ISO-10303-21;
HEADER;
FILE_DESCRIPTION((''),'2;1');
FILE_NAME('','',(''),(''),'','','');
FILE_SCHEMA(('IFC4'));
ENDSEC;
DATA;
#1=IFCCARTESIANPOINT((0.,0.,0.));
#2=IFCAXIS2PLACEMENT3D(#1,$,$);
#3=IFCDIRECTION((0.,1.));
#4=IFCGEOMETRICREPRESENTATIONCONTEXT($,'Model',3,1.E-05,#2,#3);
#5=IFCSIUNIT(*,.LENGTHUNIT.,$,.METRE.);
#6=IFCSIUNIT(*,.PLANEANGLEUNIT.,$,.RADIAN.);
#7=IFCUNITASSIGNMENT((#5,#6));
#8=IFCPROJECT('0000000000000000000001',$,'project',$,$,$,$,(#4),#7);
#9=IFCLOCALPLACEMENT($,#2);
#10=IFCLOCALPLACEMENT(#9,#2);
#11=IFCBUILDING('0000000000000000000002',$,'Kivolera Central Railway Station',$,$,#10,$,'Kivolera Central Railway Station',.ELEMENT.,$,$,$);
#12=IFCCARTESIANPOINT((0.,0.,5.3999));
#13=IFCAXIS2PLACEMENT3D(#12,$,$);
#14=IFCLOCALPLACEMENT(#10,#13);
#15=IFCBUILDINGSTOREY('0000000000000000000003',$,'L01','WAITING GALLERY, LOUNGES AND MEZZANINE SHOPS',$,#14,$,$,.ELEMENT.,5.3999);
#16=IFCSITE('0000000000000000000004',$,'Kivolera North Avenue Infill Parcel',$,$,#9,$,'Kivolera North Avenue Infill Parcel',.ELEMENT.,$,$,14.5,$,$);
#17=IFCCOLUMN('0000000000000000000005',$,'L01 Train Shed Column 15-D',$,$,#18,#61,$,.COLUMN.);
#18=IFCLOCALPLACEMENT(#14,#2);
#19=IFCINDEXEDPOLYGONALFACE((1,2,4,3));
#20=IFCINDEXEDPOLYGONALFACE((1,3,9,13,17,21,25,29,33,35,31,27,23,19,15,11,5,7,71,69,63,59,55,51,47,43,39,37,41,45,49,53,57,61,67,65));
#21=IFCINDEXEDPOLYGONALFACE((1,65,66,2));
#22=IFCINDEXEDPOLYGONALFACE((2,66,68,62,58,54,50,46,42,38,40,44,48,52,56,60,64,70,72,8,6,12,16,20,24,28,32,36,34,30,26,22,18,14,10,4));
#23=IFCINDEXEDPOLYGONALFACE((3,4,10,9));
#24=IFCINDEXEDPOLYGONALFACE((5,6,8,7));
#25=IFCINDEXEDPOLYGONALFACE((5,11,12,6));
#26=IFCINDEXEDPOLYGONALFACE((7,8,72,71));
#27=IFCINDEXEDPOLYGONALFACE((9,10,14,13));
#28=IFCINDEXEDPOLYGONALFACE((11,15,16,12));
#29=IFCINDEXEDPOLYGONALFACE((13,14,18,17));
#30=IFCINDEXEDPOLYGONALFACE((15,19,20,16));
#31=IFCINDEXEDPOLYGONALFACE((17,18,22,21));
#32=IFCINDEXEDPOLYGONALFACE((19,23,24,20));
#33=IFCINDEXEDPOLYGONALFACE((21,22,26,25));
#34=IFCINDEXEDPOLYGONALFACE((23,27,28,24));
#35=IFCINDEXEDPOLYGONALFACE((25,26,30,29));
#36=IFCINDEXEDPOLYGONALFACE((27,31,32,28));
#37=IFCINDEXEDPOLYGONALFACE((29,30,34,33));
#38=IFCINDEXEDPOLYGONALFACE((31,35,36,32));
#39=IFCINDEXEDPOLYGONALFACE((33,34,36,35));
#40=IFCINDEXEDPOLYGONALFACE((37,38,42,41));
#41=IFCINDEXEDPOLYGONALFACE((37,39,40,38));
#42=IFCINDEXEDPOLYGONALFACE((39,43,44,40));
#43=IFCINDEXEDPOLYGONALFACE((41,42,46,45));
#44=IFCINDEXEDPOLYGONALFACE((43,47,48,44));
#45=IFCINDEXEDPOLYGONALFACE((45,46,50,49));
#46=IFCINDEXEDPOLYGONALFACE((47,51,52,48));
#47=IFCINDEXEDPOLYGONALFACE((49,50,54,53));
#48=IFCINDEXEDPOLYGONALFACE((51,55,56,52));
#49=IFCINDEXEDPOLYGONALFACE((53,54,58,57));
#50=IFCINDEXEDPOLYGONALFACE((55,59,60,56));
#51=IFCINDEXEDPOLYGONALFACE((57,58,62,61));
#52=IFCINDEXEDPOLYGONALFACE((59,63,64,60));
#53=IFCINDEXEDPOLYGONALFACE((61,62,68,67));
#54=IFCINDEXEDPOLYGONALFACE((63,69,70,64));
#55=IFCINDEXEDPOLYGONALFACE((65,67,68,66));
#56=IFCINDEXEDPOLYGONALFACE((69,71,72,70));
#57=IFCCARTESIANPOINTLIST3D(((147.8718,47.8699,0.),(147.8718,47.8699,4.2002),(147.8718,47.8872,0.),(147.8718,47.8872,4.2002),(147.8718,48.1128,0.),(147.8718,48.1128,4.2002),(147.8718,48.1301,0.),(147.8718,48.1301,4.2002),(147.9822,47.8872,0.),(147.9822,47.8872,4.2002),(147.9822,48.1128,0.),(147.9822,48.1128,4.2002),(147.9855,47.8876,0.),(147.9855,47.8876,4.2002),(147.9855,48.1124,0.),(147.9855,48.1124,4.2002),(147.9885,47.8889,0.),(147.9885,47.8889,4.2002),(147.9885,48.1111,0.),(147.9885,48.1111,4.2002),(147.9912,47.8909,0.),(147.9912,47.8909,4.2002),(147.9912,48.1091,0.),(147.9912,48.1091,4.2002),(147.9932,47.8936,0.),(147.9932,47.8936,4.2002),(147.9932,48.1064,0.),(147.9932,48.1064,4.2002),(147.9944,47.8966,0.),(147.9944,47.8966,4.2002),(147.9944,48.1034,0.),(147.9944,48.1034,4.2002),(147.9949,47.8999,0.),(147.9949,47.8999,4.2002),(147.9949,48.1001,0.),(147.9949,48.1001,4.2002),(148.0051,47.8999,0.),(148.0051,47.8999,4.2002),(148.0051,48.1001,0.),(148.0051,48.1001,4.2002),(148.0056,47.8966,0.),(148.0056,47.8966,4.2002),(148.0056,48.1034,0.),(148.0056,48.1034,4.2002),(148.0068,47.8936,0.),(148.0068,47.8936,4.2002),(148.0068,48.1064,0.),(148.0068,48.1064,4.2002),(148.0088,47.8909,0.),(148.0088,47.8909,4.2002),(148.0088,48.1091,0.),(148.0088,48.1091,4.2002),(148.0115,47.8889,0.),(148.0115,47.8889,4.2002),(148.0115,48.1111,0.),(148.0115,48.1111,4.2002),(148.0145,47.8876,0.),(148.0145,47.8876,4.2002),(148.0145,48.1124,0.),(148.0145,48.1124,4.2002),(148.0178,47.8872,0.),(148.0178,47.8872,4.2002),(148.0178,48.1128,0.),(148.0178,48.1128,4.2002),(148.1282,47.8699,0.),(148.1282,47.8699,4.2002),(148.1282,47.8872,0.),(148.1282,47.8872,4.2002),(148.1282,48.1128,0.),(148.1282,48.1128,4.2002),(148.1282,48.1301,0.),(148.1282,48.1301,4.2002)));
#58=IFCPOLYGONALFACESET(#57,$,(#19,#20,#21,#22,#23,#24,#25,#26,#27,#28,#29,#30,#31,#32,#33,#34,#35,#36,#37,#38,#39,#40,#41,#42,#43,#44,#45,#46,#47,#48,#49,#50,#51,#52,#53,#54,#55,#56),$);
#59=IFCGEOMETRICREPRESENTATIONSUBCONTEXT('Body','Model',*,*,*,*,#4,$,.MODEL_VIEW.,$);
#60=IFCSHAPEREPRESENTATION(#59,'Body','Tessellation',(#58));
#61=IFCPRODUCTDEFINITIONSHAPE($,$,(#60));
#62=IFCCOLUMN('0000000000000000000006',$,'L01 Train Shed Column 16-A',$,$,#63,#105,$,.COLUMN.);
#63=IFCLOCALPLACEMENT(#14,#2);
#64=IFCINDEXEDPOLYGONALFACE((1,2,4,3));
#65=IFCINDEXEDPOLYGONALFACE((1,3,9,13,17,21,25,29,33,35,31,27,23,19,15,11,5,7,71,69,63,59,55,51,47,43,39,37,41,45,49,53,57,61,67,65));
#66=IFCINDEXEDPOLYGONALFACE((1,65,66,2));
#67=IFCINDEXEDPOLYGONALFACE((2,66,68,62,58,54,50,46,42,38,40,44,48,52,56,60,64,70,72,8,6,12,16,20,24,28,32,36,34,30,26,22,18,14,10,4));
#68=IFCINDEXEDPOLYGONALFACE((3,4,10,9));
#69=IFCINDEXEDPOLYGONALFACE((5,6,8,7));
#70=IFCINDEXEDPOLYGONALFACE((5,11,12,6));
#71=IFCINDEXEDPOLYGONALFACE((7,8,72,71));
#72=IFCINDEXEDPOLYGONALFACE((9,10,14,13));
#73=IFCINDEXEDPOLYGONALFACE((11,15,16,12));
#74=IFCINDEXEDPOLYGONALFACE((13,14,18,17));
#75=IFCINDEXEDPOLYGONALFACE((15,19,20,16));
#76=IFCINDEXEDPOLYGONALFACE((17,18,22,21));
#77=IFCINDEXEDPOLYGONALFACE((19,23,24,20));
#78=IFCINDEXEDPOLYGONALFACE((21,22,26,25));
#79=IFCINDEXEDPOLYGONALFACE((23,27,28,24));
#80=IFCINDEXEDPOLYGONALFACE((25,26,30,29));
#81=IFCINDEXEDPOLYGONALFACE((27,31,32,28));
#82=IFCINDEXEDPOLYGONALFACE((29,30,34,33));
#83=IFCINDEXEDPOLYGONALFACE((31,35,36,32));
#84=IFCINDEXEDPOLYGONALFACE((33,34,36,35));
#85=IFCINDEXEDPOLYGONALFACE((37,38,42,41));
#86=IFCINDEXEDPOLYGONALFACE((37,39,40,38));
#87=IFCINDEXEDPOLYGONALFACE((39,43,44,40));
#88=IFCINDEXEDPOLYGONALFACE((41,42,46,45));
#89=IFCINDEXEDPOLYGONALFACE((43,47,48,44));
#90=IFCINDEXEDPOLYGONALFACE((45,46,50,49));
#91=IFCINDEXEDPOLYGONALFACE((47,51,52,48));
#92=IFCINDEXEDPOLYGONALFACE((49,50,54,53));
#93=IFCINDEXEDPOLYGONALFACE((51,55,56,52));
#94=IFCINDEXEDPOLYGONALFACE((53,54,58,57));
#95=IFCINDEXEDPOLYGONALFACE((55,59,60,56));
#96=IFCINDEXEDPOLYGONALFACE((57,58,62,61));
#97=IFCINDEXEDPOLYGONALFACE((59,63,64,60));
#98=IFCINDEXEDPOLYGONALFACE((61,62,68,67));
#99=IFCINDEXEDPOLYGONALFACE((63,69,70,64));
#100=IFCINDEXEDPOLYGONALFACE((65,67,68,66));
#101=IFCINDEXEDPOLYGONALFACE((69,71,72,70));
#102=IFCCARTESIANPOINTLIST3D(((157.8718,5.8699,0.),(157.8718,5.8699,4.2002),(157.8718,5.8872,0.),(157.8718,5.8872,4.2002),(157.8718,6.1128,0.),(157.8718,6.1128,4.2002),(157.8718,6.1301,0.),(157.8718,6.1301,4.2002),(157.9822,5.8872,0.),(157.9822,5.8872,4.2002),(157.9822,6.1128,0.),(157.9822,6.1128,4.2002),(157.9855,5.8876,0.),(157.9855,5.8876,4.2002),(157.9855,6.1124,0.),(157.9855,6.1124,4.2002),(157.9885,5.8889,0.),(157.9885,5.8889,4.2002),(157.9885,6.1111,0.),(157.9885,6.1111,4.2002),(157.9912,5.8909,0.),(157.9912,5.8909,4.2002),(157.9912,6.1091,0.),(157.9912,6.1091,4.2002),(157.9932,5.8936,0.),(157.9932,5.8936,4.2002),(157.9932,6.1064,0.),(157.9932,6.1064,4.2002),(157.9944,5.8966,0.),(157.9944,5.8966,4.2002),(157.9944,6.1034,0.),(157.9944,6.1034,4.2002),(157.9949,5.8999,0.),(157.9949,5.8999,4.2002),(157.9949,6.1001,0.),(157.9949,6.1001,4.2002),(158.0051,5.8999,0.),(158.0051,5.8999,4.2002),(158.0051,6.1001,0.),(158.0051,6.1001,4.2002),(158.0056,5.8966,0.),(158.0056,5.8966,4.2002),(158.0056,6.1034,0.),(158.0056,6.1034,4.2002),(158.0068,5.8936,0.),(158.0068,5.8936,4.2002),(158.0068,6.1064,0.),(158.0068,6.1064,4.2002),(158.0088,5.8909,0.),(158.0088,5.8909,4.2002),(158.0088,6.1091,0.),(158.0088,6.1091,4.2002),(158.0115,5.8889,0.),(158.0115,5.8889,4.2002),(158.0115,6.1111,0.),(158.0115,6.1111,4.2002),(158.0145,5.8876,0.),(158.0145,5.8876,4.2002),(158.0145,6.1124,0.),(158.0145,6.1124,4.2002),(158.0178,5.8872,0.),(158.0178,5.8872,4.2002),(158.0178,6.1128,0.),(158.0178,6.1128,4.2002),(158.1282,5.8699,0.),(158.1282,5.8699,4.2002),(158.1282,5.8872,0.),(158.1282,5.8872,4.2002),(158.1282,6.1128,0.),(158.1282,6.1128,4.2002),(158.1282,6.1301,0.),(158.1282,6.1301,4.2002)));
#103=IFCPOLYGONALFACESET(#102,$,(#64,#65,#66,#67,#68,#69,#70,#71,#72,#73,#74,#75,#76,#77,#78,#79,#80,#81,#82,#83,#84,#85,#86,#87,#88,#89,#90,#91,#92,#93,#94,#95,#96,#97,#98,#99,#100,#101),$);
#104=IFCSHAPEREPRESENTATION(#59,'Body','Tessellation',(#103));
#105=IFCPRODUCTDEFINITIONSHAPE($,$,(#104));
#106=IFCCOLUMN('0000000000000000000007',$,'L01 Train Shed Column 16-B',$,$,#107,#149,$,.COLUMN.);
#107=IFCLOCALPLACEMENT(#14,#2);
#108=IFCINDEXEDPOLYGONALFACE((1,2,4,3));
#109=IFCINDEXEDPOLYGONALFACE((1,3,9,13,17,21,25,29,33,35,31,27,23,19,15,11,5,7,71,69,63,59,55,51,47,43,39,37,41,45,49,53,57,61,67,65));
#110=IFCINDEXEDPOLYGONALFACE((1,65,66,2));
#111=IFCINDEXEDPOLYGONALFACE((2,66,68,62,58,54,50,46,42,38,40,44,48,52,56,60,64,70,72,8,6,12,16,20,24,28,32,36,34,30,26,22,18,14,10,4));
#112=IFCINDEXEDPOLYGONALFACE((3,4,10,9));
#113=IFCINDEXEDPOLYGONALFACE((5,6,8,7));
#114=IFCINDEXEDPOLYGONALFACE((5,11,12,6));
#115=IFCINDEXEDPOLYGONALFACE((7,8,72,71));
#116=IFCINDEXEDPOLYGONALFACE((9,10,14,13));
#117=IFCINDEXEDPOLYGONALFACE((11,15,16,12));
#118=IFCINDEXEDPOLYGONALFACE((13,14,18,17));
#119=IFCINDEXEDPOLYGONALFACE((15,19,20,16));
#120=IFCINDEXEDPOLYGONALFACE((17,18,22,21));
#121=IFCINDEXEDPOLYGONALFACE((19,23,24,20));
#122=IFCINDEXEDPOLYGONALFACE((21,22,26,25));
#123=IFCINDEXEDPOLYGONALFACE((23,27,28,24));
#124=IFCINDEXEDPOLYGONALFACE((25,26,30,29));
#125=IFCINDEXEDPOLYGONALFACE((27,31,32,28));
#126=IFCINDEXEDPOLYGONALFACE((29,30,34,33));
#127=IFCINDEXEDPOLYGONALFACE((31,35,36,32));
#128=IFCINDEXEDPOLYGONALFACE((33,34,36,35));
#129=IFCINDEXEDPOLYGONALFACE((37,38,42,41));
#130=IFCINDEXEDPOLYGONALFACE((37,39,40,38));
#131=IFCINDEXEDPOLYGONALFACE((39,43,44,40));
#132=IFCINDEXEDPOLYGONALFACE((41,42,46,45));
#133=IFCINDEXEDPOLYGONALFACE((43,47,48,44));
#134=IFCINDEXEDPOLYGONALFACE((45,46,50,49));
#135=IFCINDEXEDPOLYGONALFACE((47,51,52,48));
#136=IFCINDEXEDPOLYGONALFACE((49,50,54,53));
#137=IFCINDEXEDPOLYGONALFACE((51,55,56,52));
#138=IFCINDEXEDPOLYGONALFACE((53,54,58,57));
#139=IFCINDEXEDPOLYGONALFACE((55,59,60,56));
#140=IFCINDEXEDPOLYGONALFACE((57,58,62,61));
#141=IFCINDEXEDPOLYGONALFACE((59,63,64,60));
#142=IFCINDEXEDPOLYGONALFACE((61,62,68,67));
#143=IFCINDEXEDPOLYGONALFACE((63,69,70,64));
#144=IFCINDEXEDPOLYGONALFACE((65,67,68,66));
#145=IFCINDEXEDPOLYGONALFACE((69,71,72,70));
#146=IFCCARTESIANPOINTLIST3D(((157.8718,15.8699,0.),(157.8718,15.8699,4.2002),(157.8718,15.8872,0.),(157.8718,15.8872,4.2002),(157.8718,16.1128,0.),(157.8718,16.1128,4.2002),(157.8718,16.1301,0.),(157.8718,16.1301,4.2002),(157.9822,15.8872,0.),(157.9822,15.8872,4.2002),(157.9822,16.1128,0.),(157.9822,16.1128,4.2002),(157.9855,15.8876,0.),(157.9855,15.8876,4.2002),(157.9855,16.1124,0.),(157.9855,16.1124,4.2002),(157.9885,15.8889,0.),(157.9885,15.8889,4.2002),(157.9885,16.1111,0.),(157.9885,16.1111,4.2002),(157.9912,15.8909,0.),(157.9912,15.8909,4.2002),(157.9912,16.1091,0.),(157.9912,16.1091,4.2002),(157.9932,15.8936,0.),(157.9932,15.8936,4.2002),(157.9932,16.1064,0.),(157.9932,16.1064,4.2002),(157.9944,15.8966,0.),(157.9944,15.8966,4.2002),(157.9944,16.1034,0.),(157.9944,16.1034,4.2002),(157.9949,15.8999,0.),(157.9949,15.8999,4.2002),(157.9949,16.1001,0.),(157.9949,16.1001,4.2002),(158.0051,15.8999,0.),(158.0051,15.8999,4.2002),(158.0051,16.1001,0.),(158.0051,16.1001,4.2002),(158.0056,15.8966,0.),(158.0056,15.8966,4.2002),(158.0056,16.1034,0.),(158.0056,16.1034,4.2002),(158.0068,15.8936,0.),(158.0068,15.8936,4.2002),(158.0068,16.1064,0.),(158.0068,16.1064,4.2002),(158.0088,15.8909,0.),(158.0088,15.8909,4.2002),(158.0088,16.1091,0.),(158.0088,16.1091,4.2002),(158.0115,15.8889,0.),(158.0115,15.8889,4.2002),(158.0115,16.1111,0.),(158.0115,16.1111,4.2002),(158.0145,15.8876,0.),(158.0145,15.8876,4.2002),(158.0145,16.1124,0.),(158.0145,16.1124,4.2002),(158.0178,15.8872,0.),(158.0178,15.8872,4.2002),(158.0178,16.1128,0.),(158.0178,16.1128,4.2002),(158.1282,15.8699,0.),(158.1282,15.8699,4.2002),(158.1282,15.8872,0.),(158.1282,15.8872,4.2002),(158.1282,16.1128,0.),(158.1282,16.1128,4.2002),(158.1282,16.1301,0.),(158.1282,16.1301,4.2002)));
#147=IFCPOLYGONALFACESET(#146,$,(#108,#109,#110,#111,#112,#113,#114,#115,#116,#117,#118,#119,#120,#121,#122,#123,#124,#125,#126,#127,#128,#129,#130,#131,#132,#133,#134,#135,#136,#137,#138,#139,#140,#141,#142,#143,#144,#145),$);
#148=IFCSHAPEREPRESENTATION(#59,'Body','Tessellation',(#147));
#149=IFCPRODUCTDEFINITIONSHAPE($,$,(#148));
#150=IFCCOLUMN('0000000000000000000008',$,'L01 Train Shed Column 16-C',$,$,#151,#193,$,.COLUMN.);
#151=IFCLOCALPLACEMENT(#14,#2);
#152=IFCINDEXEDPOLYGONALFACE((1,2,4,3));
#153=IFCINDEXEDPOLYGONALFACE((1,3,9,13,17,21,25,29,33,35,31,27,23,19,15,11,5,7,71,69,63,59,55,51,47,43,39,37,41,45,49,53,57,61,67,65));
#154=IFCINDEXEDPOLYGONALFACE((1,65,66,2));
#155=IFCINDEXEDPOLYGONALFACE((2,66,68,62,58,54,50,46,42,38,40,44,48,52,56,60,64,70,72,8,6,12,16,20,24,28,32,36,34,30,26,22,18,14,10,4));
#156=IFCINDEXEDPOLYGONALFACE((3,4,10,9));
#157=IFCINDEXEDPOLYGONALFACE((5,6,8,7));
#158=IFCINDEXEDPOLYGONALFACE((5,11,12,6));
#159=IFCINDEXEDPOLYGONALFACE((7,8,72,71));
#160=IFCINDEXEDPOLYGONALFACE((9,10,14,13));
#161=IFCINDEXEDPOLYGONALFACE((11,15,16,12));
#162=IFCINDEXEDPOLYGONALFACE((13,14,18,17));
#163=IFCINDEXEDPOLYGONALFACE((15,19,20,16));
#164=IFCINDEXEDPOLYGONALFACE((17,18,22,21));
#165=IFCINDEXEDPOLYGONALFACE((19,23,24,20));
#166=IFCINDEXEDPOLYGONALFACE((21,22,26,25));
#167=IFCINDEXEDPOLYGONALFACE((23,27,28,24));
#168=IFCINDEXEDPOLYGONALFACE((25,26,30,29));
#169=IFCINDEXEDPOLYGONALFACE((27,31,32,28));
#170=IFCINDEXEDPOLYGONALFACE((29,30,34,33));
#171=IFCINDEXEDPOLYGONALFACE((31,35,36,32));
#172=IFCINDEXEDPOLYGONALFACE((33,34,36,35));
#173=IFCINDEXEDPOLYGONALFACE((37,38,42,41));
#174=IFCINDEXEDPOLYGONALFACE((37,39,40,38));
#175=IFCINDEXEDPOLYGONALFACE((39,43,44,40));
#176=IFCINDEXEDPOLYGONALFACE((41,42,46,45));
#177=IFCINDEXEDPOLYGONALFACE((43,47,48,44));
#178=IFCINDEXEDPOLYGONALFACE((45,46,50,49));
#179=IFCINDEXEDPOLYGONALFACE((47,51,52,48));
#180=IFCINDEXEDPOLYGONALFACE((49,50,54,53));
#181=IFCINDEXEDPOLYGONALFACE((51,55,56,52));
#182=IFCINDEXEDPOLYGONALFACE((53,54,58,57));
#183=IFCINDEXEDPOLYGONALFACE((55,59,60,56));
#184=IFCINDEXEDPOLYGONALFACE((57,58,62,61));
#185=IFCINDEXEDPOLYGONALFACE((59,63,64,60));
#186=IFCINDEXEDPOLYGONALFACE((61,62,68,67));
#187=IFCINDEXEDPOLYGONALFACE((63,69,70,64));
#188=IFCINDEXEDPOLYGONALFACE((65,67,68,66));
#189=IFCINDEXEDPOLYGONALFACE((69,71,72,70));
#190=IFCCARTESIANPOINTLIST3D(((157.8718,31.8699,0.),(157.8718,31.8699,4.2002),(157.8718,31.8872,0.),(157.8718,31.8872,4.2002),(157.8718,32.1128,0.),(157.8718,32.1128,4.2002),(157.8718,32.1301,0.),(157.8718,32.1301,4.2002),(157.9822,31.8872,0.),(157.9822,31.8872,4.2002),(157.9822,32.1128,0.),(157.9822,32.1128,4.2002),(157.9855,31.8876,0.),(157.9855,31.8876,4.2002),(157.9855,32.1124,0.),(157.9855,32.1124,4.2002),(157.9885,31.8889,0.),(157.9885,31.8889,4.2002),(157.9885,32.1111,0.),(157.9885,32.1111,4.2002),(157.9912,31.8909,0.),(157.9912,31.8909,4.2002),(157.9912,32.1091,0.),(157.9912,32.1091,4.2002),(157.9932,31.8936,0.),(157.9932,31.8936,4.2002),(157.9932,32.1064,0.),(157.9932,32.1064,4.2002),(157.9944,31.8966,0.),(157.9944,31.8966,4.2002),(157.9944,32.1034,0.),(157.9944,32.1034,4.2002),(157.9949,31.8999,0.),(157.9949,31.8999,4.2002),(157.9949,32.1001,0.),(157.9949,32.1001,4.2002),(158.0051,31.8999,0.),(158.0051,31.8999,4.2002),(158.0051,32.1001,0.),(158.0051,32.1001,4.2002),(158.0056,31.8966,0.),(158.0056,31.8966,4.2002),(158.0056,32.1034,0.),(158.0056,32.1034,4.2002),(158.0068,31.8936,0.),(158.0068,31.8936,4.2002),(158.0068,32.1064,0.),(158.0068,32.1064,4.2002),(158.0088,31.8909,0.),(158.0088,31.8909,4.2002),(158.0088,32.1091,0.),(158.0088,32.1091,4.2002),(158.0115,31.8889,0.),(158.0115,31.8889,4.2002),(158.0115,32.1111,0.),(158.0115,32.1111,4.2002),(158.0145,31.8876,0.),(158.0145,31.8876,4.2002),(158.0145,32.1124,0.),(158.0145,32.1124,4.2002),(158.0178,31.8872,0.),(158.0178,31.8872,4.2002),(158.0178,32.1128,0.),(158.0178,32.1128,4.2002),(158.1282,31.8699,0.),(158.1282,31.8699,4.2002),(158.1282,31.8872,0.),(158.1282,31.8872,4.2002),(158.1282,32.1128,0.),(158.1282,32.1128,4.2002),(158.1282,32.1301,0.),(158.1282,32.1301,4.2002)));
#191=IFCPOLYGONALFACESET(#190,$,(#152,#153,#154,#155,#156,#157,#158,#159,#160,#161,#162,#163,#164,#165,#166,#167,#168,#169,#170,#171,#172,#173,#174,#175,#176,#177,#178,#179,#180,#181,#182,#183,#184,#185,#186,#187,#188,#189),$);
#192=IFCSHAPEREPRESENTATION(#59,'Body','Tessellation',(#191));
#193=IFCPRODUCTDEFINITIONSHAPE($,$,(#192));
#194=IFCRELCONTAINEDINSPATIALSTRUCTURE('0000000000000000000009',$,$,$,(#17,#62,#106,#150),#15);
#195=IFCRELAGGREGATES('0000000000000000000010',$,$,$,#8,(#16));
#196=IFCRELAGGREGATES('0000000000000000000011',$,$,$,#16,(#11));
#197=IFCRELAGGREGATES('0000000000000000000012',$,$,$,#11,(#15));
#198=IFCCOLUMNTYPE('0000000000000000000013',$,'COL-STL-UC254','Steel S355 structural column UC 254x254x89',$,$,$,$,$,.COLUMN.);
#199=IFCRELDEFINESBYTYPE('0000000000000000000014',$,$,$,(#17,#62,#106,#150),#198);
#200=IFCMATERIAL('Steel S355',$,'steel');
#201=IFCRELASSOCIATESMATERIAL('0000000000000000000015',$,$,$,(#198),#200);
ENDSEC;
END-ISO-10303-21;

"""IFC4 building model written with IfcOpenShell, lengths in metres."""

from ifc_helpers import new_model, si_unit, direction, frame, origin, origin_2d, place, context, subcontext, project, spatial, i_section, extrude, material, material_profile, profile_set, type_object, element, save


model = new_model("IFC4")

# Units and contexts
model_context = context("Model", 3, precision=1e-05, world=origin(), true_north=direction((0.0, 1.0)))
body_context = subcontext(model_context, "Body", "Model", "MODEL_VIEW")
ifc_project = project(units=[si_unit("LENGTHUNIT", "METRE"), si_unit("PLANEANGLEUNIT", "RADIAN")], contexts=[model_context])

# Site, building, storey
site_placement = place(None, origin())
site = spatial("IfcSite", under=ifc_project, at=site_placement, Name="Kivolera North Avenue Infill Parcel", LongName="Kivolera North Avenue Infill Parcel", CompositionType="ELEMENT", RefElevation=14.5)
building_placement = place(site_placement, origin())
building = spatial("IfcBuilding", under=site, at=building_placement, Name="Kivolera Central Railway Station", LongName="Kivolera Central Railway Station", CompositionType="ELEMENT")
storey_placement = place(building_placement, frame((0.0, 0.0, 5.3999)))
storey = spatial("IfcBuildingStorey", under=building, at=storey_placement, Name="L01", Description="WAITING GALLERY, LOUNGES AND MEZZANINE SHOPS", CompositionType="ELEMENT", Elevation=5.3999)

# Columns
ifc_material_1 = material(Name="Steel S355", Category="steel")
ifc_material_profile_1 = material_profile(ifc_material_1, i_section(OverallWidth=0.2563, OverallDepth=0.2603, WebThickness=0.0103, FlangeThickness=0.0173, FilletRadius=0.0127, at=origin_2d()), Name="UC 254x254x89")
ifc_profile_set_1 = profile_set([ifc_material_profile_1], Name="Steel S355")
column_type_1 = type_object("IfcColumnType", Name="COL-STL-UC254", Description="Steel S355 structural column UC 254x254x89", PredefinedType="COLUMN", material=ifc_profile_set_1)
for number, where, z_axis, x_axis, name in (
    (1, (148.0, 48.0, 0.0), (0.0, 0.0, 1.0), (1.0, 0.0, 0.0), "L01 Train Shed Column 15-D"),
    (2, (158.0, 6.0, 0.0), (0.0, 0.0, 1.0), (1.0, 0.0, 0.0), "L01 Train Shed Column 16-A"),
    (3, (158.0, 16.0, 0.0), (0.0, 0.0, 1.0), (1.0, 0.0, 0.0), "L01 Train Shed Column 16-B"),
    (4, (158.0, 32.0, 0.0), (0.0, 0.0, 1.0), (1.0, 0.0, 0.0), "L01 Train Shed Column 16-C"),
):
    element("IfcColumn", number, at=place(storey_placement, frame(where, z_axis=z_axis, x_axis=x_axis)), inside=storey, type_object=column_type_1, Name=name, PredefinedType="COLUMN", context=body_context, shape_type="SweptSolid", body=[
        extrude(i_section(OverallWidth=0.2563, OverallDepth=0.2603, WebThickness=0.0103, FlangeThickness=0.0173, FilletRadius=0.0127, at=origin_2d()), origin(), (0.0, 0.0, 1.0), 4.2002),
    ])

save(model, "model.ifc")
